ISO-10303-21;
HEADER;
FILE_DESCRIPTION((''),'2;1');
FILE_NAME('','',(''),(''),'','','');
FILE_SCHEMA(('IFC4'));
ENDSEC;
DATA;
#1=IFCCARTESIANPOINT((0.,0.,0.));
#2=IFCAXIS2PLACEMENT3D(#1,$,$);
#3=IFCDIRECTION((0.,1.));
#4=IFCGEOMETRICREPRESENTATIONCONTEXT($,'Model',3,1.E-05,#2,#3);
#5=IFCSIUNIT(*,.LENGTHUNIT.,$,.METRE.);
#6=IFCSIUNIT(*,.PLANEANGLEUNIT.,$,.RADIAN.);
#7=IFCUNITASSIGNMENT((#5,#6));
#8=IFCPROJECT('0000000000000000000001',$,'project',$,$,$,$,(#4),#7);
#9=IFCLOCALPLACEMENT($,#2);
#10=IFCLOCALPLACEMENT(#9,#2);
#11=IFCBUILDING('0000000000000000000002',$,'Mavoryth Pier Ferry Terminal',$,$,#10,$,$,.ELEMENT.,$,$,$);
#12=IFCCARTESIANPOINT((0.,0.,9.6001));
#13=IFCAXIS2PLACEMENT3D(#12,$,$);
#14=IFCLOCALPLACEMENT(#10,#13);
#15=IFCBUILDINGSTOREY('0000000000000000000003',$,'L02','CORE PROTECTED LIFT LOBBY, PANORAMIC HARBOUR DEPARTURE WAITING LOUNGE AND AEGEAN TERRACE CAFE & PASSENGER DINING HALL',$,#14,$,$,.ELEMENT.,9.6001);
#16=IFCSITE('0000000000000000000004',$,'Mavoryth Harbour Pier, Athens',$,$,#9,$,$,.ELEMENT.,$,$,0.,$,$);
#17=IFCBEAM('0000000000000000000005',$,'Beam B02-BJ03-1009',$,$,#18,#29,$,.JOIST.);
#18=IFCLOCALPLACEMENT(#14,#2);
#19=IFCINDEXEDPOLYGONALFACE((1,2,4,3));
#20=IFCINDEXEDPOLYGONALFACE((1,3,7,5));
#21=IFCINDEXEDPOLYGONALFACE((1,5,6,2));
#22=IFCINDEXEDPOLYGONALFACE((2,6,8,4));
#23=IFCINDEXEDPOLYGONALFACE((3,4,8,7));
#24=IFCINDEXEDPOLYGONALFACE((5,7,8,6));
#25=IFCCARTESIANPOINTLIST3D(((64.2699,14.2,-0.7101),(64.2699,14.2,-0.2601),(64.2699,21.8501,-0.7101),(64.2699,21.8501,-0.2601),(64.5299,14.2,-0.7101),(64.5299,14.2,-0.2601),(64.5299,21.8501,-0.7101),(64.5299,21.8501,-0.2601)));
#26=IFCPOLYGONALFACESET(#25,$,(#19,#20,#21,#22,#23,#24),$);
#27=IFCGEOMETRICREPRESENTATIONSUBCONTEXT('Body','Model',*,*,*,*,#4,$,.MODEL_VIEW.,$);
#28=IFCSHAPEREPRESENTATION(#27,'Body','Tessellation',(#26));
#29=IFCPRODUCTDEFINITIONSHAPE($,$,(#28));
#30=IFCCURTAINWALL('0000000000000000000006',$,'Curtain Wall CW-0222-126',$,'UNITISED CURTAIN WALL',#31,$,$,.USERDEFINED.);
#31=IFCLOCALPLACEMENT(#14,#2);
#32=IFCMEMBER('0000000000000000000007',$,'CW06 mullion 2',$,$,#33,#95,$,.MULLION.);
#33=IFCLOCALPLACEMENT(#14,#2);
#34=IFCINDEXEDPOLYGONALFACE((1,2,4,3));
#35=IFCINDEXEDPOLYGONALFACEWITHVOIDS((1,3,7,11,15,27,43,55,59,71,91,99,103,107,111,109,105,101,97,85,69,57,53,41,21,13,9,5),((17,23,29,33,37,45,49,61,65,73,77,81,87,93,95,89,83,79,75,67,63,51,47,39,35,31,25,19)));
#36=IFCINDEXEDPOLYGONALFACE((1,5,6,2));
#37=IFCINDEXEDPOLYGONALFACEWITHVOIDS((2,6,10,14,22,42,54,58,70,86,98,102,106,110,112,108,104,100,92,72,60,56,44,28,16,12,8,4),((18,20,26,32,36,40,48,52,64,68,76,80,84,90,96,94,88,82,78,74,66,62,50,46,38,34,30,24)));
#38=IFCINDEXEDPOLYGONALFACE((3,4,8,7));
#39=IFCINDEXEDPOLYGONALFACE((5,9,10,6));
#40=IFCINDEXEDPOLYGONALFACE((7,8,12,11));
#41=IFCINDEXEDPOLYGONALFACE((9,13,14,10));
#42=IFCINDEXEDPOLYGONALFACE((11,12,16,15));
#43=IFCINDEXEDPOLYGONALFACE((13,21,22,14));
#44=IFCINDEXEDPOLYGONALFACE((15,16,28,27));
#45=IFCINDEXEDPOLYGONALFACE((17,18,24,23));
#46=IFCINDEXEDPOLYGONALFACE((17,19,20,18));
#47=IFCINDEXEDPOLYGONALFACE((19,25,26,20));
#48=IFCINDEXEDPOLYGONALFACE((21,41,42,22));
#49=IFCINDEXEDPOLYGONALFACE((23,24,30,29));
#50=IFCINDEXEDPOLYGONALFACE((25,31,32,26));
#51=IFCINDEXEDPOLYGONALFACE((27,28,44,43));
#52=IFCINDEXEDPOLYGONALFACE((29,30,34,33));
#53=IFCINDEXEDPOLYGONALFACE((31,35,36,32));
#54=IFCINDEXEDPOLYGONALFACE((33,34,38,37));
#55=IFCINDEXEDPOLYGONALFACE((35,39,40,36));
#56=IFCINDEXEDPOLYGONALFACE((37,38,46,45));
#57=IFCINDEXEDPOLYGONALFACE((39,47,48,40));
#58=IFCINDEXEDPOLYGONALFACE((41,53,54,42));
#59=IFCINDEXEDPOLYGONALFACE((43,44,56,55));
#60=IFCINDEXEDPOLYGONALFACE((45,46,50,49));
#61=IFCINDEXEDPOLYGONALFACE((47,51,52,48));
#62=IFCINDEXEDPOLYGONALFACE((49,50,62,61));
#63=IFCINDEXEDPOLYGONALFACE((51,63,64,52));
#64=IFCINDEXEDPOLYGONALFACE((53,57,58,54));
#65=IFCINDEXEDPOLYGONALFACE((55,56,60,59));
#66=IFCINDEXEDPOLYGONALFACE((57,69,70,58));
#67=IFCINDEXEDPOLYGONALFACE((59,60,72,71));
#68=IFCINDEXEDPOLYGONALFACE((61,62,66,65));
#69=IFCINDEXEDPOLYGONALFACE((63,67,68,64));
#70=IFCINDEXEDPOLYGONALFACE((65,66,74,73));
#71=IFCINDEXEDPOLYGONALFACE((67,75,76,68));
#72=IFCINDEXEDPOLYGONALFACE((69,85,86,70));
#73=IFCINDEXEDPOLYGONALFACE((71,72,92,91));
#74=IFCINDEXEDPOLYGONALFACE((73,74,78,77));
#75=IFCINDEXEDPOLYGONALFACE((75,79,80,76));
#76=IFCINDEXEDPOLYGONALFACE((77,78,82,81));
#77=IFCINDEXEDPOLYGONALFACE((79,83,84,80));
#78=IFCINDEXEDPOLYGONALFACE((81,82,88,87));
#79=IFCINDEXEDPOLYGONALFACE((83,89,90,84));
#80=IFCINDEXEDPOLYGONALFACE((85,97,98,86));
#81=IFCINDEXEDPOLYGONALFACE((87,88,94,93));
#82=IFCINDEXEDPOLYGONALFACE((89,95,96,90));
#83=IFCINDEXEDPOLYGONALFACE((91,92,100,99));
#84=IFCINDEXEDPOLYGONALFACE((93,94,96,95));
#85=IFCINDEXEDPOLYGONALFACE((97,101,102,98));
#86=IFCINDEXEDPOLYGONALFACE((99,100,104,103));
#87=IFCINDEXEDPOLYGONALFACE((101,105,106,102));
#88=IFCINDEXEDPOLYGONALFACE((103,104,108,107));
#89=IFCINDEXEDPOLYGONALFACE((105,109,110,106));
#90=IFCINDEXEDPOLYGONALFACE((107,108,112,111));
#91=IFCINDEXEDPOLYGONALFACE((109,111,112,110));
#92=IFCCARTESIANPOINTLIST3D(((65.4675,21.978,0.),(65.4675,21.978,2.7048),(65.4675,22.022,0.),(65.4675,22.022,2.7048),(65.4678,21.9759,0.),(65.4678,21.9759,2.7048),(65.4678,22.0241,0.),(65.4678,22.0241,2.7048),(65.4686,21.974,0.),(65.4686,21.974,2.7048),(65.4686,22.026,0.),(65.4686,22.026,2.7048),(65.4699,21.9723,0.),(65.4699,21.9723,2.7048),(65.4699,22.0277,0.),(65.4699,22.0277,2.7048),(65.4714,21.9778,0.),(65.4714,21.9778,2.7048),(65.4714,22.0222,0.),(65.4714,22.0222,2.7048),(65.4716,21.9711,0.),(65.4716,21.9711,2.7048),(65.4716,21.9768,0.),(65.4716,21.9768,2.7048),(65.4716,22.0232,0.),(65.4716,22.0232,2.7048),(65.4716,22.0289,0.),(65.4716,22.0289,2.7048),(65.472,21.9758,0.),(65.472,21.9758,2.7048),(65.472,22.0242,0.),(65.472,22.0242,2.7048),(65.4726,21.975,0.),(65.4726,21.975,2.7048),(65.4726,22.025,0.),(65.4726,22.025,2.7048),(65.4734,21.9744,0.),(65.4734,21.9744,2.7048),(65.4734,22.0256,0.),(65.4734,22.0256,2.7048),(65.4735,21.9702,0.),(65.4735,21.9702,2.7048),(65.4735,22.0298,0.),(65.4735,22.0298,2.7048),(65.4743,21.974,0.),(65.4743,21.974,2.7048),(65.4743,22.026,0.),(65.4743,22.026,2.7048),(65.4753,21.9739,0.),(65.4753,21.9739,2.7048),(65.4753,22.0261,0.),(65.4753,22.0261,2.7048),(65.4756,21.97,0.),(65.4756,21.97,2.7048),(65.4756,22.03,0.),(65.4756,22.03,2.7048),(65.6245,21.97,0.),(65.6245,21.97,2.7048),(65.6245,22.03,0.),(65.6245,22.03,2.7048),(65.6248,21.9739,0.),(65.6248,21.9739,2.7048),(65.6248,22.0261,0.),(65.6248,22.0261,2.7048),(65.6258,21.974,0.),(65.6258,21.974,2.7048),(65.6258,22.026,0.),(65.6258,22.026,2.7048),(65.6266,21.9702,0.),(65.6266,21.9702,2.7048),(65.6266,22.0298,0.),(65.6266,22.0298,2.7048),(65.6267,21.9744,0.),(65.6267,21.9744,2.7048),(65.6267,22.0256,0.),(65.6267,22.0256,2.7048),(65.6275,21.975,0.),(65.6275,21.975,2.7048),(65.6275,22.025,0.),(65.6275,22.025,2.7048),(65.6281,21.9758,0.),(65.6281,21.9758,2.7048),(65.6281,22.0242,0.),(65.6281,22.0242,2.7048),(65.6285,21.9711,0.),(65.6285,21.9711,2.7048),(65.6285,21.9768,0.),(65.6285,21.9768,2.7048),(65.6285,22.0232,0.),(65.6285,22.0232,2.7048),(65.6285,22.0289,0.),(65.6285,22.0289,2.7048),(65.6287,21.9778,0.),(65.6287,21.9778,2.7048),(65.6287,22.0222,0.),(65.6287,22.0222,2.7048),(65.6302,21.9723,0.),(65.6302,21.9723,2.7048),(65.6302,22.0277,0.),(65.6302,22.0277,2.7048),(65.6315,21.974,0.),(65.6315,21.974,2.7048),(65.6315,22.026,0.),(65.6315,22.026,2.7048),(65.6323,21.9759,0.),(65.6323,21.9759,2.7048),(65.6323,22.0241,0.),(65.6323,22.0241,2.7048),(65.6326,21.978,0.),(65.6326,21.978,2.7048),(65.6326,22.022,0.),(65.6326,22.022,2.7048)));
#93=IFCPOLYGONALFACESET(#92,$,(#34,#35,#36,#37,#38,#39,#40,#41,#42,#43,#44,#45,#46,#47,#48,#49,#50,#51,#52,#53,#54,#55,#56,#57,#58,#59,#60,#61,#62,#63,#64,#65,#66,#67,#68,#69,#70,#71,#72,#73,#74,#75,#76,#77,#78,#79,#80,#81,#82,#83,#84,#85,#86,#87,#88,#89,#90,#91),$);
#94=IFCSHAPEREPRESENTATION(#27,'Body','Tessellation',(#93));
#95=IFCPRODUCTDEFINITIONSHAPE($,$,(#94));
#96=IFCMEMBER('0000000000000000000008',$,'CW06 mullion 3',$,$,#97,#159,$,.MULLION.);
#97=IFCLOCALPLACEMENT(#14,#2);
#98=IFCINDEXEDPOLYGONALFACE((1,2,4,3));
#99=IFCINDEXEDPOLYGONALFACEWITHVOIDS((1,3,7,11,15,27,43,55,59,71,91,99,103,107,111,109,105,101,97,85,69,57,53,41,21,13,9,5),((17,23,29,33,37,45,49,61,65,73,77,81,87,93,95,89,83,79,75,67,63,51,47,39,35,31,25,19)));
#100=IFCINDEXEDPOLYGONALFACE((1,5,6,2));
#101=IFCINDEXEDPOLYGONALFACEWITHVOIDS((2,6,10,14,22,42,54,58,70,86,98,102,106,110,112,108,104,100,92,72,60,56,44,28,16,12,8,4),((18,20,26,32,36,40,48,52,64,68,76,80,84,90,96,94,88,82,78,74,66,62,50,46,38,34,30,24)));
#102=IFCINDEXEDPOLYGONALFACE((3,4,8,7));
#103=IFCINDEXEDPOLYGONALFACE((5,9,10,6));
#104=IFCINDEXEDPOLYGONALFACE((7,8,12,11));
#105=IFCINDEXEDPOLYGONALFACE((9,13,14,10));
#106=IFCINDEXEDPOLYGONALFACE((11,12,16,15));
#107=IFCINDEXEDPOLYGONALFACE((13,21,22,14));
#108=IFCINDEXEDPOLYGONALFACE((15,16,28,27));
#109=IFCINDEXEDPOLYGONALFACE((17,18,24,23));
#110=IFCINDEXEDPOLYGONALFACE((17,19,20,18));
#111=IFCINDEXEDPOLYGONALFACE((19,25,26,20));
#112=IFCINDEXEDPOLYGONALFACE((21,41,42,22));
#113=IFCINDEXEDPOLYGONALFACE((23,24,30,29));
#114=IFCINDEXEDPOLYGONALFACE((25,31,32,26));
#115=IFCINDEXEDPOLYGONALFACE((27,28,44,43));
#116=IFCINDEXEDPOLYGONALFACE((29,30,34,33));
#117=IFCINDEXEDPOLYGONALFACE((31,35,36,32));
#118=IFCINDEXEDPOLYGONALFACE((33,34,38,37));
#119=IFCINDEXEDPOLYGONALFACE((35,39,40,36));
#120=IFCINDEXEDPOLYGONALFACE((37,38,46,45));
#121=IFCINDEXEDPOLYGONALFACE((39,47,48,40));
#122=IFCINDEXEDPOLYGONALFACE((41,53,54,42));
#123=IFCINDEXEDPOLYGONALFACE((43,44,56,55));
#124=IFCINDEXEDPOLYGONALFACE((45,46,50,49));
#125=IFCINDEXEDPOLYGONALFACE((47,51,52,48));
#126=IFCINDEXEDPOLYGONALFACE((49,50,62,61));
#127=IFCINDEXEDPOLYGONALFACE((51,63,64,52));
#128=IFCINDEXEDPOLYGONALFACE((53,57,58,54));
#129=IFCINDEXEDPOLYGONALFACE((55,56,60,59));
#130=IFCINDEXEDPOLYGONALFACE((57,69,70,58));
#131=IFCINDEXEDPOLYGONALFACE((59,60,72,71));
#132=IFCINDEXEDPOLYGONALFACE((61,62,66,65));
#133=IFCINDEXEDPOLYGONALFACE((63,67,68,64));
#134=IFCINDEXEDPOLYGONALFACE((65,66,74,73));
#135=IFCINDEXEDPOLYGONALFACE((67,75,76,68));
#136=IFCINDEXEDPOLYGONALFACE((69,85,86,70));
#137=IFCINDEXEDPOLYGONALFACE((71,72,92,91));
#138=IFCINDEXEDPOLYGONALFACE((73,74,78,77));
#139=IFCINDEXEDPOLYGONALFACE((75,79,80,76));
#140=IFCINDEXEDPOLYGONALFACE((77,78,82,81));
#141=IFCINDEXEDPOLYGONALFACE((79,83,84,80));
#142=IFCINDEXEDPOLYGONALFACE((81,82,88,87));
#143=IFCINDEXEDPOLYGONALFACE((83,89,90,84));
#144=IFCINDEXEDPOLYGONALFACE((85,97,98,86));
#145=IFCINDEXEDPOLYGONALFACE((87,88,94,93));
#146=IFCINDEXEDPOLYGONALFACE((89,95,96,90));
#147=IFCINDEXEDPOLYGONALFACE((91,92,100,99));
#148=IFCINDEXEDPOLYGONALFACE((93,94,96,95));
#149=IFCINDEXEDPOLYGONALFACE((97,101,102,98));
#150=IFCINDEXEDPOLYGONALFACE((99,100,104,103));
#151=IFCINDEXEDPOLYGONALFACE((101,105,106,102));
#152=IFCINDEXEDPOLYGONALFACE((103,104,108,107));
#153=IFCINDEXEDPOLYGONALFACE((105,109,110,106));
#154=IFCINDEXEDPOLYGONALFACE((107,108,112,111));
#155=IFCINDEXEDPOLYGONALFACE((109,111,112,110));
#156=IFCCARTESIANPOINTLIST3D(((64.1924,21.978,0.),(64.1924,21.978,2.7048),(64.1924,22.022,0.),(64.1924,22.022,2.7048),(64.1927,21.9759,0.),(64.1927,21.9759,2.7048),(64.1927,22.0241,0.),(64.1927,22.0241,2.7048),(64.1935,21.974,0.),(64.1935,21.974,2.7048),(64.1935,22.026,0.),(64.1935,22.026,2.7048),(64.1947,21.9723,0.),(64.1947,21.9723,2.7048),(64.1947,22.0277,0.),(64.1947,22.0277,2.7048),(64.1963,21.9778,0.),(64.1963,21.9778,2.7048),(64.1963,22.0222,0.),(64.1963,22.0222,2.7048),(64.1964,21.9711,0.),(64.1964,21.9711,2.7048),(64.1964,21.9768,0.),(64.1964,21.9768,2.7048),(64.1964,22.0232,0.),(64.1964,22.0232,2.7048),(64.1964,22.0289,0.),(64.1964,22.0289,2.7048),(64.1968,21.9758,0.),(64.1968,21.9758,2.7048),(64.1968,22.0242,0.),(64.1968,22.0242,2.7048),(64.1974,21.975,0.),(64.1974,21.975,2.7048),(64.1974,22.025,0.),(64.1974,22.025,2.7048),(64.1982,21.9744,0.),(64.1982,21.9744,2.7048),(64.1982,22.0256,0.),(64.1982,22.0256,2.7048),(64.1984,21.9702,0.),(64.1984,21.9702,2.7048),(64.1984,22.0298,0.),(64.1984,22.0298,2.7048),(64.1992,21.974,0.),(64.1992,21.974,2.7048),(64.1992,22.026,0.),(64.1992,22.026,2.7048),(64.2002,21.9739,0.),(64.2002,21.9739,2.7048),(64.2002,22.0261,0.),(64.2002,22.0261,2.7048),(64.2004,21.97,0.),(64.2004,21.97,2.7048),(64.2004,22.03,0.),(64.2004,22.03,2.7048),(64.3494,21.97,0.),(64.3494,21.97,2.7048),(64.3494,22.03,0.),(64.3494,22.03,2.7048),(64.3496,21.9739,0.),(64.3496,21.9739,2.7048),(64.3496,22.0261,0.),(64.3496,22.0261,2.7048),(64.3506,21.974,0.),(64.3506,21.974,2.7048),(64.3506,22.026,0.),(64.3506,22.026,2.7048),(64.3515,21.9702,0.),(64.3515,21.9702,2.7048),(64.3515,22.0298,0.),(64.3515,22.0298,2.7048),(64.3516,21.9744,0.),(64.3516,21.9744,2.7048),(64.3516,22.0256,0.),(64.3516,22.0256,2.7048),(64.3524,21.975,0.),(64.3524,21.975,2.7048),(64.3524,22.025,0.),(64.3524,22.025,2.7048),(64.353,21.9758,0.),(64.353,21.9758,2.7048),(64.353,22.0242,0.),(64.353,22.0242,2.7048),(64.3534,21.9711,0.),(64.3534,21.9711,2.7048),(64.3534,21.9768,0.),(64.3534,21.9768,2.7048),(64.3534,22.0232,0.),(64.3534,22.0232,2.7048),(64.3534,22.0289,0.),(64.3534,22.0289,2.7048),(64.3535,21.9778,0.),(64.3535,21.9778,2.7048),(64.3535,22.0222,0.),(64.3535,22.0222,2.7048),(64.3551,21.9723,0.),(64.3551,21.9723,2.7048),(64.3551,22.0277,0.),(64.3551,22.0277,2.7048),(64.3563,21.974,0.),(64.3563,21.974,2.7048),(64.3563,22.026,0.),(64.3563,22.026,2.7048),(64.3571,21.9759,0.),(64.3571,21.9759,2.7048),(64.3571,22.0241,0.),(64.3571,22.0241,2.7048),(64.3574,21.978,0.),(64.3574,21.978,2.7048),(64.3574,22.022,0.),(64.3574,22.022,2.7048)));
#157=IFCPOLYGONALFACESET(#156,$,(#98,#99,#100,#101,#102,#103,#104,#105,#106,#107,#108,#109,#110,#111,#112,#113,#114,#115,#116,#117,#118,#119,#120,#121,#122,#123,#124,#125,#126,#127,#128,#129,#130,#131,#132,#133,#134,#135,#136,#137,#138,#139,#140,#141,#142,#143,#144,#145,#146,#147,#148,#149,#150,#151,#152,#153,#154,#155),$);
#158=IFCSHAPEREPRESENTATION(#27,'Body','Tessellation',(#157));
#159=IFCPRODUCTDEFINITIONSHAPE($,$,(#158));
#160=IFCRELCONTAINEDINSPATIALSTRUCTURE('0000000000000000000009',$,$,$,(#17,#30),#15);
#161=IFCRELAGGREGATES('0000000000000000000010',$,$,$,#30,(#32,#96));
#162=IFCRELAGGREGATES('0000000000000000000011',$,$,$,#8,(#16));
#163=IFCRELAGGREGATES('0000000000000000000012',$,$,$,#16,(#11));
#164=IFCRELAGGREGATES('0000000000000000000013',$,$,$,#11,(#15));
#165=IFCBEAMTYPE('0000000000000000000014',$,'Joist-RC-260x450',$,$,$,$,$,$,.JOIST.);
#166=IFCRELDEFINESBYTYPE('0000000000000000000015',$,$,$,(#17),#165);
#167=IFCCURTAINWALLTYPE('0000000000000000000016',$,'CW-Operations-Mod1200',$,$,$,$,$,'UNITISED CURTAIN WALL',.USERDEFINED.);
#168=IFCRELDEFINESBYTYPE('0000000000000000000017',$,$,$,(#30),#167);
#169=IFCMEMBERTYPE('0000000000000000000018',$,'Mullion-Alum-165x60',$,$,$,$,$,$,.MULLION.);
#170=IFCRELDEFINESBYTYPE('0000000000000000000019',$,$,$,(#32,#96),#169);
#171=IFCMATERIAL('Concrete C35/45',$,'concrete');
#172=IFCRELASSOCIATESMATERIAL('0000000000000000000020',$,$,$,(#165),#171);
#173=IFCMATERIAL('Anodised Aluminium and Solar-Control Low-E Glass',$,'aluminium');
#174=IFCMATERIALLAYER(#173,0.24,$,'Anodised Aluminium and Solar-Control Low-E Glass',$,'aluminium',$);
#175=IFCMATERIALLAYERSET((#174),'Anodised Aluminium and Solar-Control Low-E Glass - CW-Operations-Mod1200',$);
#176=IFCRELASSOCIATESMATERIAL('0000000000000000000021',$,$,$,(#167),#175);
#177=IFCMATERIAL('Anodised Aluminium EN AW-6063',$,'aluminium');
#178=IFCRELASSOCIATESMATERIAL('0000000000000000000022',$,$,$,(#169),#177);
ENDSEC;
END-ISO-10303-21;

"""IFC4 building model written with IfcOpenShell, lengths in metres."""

from ifc_helpers import new_model, si_unit, direction, frame, origin, origin_2d, place, context, subcontext, project, spatial, rectangle, hollow_rectangle, extrude, material, layer, layer_set, material_profile, profile_set, type_object, element, aggregate, save


model = new_model("IFC4")

# Units and contexts
model_context = context("Model", 3, precision=1e-05, world=origin(), true_north=direction((0.0, 1.0)))
body_context = subcontext(model_context, "Body", "Model", "MODEL_VIEW")
ifc_project = project(units=[si_unit("LENGTHUNIT", "METRE"), si_unit("PLANEANGLEUNIT", "RADIAN")], contexts=[model_context])

# Site, building, storey
site_placement = place(None, origin())
site = spatial("IfcSite", under=ifc_project, at=site_placement, Name="Mavoryth Harbour Pier, Athens", CompositionType="ELEMENT", RefElevation=0.0)
building_placement = place(site_placement, origin())
building = spatial("IfcBuilding", under=site, at=building_placement, Name="Mavoryth Pier Ferry Terminal", CompositionType="ELEMENT")
storey_placement = place(building_placement, frame((0.0, 0.0, 9.6001)))
storey = spatial("IfcBuildingStorey", under=building, at=storey_placement, Name="L02", Description="CORE PROTECTED LIFT LOBBY, PANORAMIC HARBOUR DEPARTURE WAITING LOUNGE AND AEGEAN TERRACE CAFE & PASSENGER DINING HALL", CompositionType="ELEMENT", Elevation=9.6001)

# Beam
ifc_material_1 = material(Name="Concrete C35/45", Category="concrete")
ifc_material_profile_1 = material_profile(ifc_material_1, rectangle(XDim=0.26, YDim=0.45, at=origin_2d()), Name="RC 260x450", Category="concrete")
ifc_profile_set_1 = profile_set([ifc_material_profile_1], Name="Concrete C35/45 - RC 260x450")
beam_type = type_object("IfcBeamType", Name="Joist-RC-260x450", PredefinedType="JOIST", material=ifc_profile_set_1)
beam_placement = place(storey_placement, frame((64.3999, 14.2, -0.4851), z_axis=(0.0, 1.0, 0.0), x_axis=(-1.0, 0.0, 0.0)))
element("IfcBeam", 1, at=beam_placement, inside=storey, type_object=beam_type, Name="Beam B02-BJ03-1009", PredefinedType="JOIST", context=body_context, shape_type="SweptSolid", body=[
    extrude(rectangle(XDim=0.26, YDim=0.45, at=origin_2d()), origin(), (0.0, 0.0, 1.0), 7.6501),
])

# Curtain wall, members
ifc_material_2 = material(Name="Anodised Aluminium and Solar-Control Low-E Glass", Category="aluminium")
ifc_layer_1 = layer(ifc_material_2, 0.24, Name="Anodised Aluminium and Solar-Control Low-E Glass", Category="aluminium")
ifc_layer_set_1 = layer_set([ifc_layer_1], Name="Anodised Aluminium and Solar-Control Low-E Glass - CW-Operations-Mod1200")
curtain_wall_type = type_object("IfcCurtainWallType", Name="CW-Operations-Mod1200", ElementType="UNITISED CURTAIN WALL", PredefinedType="USERDEFINED", material=ifc_layer_set_1)
curtain_wall_placement = place(storey_placement, origin())
curtain_wall = element("IfcCurtainWall", 2, at=curtain_wall_placement, inside=storey, type_object=curtain_wall_type, Name="Curtain Wall CW-0222-126", ObjectType="UNITISED CURTAIN WALL", PredefinedType="USERDEFINED")
ifc_material_3 = material(Name="Anodised Aluminium EN AW-6063", Category="aluminium")
ifc_material_profile_2 = material_profile(ifc_material_3, hollow_rectangle(XDim=0.0601, YDim=0.165, WallThickness=0.0039, InnerFilletRadius=0.0039, OuterFilletRadius=0.0081, at=origin_2d()), Name="AL-MULL 165x60x4", Category="aluminium")
ifc_profile_set_2 = profile_set([ifc_material_profile_2], Name="Anodised Aluminium EN AW-6063 - AL-MULL 165x60x4")
member_type_1 = type_object("IfcMemberType", Name="Mullion-Alum-165x60", PredefinedType="MULLION", material=ifc_profile_set_2)
member_1_placement = place(storey_placement, frame((65.55, 22.0, 0.0), z_axis=(0.0, 0.0, 1.0), x_axis=(0.0, -1.0, 0.0)))
member_1 = element("IfcMember", 3, at=member_1_placement, type_object=member_type_1, Name="CW06 mullion 2", PredefinedType="MULLION", context=body_context, shape_type="SweptSolid", body=[
    extrude(hollow_rectangle(XDim=0.0601, YDim=0.165, WallThickness=0.0039, InnerFilletRadius=0.0039, OuterFilletRadius=0.0081, at=origin_2d()), origin(), (0.0, 0.0, 1.0), 2.7048),
])
member_2_placement = place(storey_placement, frame((64.2749, 22.0, 0.0), z_axis=(0.0, 0.0, 1.0), x_axis=(0.0, -1.0, 0.0)))
member_2 = element("IfcMember", 4, at=member_2_placement, type_object=member_type_1, Name="CW06 mullion 3", PredefinedType="MULLION", context=body_context, shape_type="SweptSolid", body=[
    extrude(hollow_rectangle(XDim=0.0601, YDim=0.165, WallThickness=0.0039, InnerFilletRadius=0.0039, OuterFilletRadius=0.0081, at=origin_2d()), origin(), (0.0, 0.0, 1.0), 2.7048),
])
aggregate(curtain_wall, [member_1, member_2])

save(model, "model.ifc")
